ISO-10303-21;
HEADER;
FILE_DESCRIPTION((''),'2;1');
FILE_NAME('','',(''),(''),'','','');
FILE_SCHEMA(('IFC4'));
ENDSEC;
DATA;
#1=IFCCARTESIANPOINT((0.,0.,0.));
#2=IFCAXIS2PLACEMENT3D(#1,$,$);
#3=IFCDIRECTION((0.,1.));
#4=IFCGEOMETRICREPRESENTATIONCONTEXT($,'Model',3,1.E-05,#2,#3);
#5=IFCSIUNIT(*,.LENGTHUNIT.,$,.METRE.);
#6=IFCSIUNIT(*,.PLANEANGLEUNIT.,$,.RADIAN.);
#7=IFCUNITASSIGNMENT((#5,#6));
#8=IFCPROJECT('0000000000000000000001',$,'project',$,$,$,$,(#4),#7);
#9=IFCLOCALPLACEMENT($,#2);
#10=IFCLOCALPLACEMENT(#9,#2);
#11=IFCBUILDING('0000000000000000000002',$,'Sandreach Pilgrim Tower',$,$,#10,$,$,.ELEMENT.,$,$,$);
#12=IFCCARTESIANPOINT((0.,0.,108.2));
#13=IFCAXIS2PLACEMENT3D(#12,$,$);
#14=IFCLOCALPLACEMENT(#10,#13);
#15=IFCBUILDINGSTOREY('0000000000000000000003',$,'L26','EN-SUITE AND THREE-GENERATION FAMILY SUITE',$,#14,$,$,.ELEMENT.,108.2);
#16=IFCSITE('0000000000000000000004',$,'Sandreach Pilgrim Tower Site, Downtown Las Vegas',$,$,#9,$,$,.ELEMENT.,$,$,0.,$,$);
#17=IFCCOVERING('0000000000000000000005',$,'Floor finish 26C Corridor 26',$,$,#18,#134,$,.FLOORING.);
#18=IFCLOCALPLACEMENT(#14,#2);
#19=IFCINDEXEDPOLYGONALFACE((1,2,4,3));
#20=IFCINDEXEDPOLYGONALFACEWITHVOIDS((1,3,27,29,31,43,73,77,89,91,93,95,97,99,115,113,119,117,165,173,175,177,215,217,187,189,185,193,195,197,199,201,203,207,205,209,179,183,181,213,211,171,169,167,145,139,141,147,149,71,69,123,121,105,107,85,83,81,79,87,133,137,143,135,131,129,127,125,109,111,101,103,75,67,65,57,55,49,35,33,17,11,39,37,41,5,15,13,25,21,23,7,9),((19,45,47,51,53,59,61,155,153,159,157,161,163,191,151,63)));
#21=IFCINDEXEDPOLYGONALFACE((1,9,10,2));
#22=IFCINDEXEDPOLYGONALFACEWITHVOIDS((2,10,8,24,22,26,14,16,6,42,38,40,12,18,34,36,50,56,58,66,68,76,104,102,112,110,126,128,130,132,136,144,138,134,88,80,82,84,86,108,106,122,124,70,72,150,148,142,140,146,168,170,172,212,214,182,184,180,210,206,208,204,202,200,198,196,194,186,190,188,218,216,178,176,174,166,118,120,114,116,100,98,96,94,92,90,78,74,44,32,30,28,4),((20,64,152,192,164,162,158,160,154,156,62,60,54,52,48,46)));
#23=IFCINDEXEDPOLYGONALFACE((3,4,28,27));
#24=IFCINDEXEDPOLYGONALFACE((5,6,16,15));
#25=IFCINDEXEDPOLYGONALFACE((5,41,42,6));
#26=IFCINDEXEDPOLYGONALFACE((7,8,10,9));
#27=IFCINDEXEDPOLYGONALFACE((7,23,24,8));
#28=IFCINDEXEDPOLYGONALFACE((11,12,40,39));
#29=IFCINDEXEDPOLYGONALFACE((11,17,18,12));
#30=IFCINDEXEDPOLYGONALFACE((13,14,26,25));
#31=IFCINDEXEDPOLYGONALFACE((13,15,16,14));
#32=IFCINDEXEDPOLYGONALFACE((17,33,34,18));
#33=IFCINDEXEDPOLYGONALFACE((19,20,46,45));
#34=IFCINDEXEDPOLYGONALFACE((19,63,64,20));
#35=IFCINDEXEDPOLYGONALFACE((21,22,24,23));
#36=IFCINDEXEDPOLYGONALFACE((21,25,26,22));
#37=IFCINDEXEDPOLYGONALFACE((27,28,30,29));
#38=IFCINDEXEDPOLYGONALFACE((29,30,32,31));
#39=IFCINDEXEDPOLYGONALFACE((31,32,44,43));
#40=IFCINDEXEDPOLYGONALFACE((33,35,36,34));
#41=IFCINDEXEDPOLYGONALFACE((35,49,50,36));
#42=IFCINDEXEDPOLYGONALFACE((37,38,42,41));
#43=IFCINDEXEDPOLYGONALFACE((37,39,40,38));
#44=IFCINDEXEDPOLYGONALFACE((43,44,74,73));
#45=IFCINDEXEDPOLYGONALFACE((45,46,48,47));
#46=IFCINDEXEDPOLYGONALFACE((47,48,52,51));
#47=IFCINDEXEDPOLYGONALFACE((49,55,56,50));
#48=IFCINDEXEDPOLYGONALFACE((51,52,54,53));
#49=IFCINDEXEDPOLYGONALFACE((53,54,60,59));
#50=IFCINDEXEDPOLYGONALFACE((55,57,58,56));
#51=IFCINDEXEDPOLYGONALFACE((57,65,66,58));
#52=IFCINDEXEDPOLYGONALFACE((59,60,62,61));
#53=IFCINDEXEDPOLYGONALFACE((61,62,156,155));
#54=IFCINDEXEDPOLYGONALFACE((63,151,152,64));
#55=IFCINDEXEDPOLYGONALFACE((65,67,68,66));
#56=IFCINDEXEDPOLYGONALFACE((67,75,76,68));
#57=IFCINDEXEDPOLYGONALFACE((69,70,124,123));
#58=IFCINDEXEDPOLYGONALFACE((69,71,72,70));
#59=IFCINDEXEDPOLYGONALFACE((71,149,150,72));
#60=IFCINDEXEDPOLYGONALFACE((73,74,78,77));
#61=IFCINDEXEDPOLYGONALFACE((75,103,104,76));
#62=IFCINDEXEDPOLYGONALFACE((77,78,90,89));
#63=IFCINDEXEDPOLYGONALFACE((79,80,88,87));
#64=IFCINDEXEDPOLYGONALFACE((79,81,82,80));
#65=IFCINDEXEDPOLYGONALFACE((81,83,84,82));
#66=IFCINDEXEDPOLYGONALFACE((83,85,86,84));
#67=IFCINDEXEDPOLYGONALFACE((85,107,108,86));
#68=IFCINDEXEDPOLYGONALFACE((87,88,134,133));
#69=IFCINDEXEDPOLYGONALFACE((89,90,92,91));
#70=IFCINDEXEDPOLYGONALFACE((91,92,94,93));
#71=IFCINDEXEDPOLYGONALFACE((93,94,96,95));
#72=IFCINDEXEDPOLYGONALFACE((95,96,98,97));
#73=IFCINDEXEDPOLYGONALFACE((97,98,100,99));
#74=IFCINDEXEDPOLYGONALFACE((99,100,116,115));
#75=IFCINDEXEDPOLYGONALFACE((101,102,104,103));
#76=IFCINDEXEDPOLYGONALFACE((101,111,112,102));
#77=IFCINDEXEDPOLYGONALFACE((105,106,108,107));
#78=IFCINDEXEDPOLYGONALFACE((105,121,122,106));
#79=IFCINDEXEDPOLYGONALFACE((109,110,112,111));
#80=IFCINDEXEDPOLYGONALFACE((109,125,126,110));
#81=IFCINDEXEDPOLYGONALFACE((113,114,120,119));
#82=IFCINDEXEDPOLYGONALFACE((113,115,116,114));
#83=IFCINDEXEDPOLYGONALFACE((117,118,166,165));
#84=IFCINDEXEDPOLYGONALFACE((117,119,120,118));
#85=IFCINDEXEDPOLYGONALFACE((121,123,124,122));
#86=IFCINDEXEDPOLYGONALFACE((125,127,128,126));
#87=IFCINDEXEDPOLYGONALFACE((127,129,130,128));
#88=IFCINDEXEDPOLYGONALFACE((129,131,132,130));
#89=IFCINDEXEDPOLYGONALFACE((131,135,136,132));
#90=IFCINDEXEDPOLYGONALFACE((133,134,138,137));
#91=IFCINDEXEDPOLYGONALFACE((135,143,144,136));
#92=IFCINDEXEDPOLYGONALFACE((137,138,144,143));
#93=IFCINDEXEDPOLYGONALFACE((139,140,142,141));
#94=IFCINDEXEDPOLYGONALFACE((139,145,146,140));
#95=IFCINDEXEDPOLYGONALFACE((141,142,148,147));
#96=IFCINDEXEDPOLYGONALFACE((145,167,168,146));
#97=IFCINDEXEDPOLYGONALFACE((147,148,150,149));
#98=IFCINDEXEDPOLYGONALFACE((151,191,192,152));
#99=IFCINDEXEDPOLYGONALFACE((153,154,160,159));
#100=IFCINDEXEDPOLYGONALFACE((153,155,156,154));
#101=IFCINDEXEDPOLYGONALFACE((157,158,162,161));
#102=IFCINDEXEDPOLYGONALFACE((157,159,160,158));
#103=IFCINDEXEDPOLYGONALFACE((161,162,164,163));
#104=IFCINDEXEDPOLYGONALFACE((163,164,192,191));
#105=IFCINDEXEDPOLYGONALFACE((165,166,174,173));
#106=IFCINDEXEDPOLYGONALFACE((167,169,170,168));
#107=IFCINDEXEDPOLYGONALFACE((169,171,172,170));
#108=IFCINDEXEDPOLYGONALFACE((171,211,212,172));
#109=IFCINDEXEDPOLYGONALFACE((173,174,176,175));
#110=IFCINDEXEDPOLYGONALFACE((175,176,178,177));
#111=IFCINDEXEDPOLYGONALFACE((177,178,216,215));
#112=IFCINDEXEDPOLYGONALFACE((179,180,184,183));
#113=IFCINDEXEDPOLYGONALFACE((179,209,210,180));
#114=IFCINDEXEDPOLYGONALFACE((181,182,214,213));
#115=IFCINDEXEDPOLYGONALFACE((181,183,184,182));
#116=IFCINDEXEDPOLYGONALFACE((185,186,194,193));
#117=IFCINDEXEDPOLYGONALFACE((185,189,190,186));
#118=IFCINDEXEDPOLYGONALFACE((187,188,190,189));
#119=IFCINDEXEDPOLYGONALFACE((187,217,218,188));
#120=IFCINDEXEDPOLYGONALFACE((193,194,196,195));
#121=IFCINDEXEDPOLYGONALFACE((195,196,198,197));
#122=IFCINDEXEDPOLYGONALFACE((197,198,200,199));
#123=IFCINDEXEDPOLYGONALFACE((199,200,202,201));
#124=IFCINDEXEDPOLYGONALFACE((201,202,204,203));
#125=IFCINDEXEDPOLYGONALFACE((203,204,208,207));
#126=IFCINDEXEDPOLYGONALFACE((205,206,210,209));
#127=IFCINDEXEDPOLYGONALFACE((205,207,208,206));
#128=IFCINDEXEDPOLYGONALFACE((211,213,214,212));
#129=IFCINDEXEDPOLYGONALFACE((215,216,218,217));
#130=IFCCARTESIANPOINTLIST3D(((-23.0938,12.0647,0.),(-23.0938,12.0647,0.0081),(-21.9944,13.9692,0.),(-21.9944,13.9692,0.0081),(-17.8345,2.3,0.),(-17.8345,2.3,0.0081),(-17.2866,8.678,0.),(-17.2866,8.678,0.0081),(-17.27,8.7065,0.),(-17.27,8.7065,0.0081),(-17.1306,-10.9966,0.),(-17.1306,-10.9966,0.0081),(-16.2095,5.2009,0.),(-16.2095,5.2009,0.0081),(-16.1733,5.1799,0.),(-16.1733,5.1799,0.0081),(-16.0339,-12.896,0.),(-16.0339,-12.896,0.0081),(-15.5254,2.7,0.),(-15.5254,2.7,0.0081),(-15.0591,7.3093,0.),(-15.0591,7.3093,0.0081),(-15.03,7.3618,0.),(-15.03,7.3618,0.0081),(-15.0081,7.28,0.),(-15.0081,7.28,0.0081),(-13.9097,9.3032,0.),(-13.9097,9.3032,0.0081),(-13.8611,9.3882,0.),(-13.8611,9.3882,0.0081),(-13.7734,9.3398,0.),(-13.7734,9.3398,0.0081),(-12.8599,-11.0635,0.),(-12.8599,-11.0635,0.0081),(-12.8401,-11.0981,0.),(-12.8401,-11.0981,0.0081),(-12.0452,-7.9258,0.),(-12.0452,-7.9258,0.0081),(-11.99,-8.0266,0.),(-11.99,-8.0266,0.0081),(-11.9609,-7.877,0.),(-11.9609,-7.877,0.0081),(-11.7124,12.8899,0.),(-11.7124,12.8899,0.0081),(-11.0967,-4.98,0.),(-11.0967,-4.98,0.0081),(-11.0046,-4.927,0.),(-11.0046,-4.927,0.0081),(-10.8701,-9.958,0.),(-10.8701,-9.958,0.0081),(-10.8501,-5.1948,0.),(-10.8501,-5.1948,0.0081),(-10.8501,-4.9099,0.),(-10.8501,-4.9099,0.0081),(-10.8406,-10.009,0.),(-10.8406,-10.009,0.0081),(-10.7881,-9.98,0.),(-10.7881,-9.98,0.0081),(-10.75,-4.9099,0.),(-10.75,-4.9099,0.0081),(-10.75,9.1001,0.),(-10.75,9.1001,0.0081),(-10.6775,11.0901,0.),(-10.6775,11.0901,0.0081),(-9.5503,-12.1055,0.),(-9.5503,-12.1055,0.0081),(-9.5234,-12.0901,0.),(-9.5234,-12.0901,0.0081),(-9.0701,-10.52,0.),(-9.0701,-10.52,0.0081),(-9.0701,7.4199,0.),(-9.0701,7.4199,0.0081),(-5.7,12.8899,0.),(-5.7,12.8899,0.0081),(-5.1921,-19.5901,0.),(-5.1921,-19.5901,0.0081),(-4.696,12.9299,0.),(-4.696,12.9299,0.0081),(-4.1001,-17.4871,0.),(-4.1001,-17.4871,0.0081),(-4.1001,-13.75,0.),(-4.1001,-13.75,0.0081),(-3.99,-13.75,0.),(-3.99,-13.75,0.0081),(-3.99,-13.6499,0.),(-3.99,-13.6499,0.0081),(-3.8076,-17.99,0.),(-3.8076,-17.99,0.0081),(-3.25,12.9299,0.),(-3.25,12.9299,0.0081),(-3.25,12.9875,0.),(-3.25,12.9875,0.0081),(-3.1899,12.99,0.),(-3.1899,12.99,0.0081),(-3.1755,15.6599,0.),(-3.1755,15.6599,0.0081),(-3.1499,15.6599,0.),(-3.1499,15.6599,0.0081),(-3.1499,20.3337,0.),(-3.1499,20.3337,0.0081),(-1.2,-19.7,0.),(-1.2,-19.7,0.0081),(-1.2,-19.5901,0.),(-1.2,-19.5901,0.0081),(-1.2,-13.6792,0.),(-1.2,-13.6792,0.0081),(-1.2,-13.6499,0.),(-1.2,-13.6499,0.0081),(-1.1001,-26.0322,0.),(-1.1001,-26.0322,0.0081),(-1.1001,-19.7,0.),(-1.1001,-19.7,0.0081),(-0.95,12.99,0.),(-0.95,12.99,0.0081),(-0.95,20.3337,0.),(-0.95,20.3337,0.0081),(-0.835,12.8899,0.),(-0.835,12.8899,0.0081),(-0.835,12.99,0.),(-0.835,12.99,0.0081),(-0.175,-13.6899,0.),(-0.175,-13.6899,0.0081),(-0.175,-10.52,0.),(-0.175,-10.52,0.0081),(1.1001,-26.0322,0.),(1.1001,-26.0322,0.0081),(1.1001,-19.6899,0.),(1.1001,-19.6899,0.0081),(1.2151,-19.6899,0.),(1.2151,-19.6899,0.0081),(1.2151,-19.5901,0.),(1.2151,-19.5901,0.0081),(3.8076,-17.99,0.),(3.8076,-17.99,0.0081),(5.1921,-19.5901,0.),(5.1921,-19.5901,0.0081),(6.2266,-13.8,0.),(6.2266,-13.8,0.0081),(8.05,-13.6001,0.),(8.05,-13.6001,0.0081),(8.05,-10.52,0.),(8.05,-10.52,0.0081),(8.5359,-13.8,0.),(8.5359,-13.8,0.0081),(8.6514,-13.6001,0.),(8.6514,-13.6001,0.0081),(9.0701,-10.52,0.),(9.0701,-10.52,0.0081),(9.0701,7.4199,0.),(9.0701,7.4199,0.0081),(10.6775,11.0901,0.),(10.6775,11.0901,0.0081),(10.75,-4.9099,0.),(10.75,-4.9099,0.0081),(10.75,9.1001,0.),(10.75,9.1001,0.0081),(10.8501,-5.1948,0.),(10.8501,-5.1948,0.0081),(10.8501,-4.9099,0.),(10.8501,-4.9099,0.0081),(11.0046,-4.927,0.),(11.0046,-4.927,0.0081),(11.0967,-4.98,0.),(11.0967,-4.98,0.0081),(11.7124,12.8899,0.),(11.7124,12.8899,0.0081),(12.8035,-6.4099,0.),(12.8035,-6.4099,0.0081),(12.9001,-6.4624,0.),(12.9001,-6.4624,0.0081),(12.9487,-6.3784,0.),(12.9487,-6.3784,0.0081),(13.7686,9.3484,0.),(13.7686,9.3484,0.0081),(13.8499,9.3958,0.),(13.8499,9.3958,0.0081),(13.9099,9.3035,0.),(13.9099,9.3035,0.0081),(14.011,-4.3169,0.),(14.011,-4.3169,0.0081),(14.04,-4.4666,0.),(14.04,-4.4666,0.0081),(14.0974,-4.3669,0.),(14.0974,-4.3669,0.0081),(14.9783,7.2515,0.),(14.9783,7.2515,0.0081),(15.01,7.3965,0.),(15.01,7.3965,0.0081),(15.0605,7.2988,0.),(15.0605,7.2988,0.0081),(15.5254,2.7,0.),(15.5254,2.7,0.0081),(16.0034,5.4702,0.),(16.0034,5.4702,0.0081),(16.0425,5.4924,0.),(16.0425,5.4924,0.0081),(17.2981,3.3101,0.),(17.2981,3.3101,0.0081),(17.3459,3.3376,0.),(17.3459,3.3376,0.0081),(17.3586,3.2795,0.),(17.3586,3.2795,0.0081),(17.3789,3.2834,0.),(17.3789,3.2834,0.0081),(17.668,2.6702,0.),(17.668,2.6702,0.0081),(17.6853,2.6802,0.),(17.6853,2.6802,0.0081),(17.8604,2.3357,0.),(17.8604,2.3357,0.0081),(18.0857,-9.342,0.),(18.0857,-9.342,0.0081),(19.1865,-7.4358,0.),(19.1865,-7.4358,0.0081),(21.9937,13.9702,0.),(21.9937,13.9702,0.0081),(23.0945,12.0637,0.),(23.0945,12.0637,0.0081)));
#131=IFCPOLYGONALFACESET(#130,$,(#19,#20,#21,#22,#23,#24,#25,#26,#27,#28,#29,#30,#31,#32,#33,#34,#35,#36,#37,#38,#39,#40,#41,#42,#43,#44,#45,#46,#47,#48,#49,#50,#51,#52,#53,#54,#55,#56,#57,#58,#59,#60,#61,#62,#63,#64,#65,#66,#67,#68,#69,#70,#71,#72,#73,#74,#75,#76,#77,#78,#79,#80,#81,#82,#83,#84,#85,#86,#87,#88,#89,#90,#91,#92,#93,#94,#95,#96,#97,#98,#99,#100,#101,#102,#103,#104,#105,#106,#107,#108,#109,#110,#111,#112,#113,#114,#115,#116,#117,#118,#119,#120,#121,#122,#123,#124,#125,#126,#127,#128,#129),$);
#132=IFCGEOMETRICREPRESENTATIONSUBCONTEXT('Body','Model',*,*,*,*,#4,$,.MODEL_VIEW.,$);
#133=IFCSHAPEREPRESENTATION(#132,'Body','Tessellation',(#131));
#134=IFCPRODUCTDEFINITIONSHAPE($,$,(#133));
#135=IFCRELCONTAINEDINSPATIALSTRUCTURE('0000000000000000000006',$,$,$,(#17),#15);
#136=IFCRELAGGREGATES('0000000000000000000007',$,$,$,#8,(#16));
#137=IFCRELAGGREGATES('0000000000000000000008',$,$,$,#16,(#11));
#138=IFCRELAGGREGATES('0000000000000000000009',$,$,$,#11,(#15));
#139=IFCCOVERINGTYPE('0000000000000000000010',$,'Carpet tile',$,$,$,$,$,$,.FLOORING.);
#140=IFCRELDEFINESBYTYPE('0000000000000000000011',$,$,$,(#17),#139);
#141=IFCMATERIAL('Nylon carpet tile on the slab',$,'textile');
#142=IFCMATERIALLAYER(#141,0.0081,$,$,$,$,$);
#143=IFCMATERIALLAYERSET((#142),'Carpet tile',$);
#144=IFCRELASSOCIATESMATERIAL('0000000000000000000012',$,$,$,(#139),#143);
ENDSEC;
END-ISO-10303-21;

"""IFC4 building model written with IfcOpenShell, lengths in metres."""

from ifc_helpers import new_model, si_unit, direction, frame, origin, place, context, subcontext, project, spatial, polyline, outline, extrude, material, layer, layer_set, type_object, element, save


model = new_model("IFC4")

# Units and contexts
model_context = context("Model", 3, precision=1e-05, world=origin(), true_north=direction((0.0, 1.0)))
body_context = subcontext(model_context, "Body", "Model", "MODEL_VIEW")
ifc_project = project(units=[si_unit("LENGTHUNIT", "METRE"), si_unit("PLANEANGLEUNIT", "RADIAN")], contexts=[model_context])

# Site, building, storey
site_placement = place(None, origin())
site = spatial("IfcSite", under=ifc_project, at=site_placement, Name="Sandreach Pilgrim Tower Site, Downtown Las Vegas", CompositionType="ELEMENT", RefElevation=0.0)
building_placement = place(site_placement, origin())
building = spatial("IfcBuilding", under=site, at=building_placement, Name="Sandreach Pilgrim Tower", CompositionType="ELEMENT")
storey_placement = place(building_placement, frame((0.0, 0.0, 108.2)))
storey = spatial("IfcBuildingStorey", under=building, at=storey_placement, Name="L26", Description="EN-SUITE AND THREE-GENERATION FAMILY SUITE", CompositionType="ELEMENT", Elevation=108.2)

# Covering
ifc_material_1 = material(Name="Nylon carpet tile on the slab", Category="textile")
ifc_layer_1 = layer(ifc_material_1, 0.0081)
ifc_layer_set_1 = layer_set([ifc_layer_1], Name="Carpet tile")
covering_type_1 = type_object("IfcCoveringType", Name="Carpet tile", PredefinedType="FLOORING", material=ifc_layer_set_1)
covering_1_placement = place(storey_placement, origin())
element("IfcCovering", 1, at=covering_1_placement, inside=storey, type_object=covering_type_1, Name="Floor finish 26C Corridor 26", PredefinedType="FLOORING", context=body_context, shape_type="SweptSolid", body=[
    extrude(outline(polyline([(-21.9944, 13.9692), (-13.9097, 9.3032), (-13.8611, 9.3882), (-13.7734, 9.3398), (-11.7124, 12.8899), (-5.7, 12.8899), (-4.696, 12.9299), (-3.25, 12.9299), (-3.25, 12.9875), (-3.1899, 12.99), (-3.1755, 15.6599), (-3.1499, 15.6599), (-3.1499, 20.3337), (-0.95, 20.3337), (-0.95, 12.99), (-0.835, 12.99), (-0.835, 12.8899), (11.7124, 12.8899), (13.7686, 9.3484), (13.8499, 9.3958), (13.9099, 9.3035), (21.9937, 13.9702), (23.0945, 12.0637), (15.01, 7.3965), (15.0605, 7.2988), (14.9783, 7.2515), (16.0034, 5.4702), (16.0425, 5.4924), (17.2981, 3.3101), (17.3459, 3.3376), (17.3586, 3.2795), (17.3789, 3.2834), (17.6853, 2.6802), (17.668, 2.6702), (17.8604, 2.3357), (14.011, -4.3169), (14.0974, -4.3669), (14.04, -4.4666), (19.1865, -7.4358), (18.0857, -9.342), (12.9487, -6.3784), (12.9001, -6.4624), (12.8035, -6.4099), (8.6514, -13.6001), (8.05, -13.6001), (8.05, -10.52), (9.0701, -10.52), (9.0701, 7.4199), (-9.0701, 7.4199), (-9.0701, -10.52), (-0.175, -10.52), (-0.175, -13.6899), (-1.2, -13.6792), (-1.2, -13.6499), (-3.99, -13.6499), (-3.99, -13.75), (-4.1001, -13.75), (-4.1001, -17.4871), (-3.8076, -17.99), (3.8076, -17.99), (6.2266, -13.8), (8.5359, -13.8), (5.1921, -19.5901), (1.2151, -19.5901), (1.2151, -19.6899), (1.1001, -19.6899), (1.1001, -26.0322), (-1.1001, -26.0322), (-1.1001, -19.7), (-1.2, -19.7), (-1.2, -19.5901), (-5.1921, -19.5901), (-9.5234, -12.0901), (-9.5503, -12.1055), (-10.7881, -9.98), (-10.8406, -10.009), (-10.8701, -9.958), (-12.8401, -11.0981), (-12.8599, -11.0635), (-16.0339, -12.896), (-17.1306, -10.9966), (-11.99, -8.0266), (-12.0452, -7.9258), (-11.9609, -7.877), (-17.8345, 2.3), (-16.1733, 5.1799), (-16.2095, 5.2009), (-15.0081, 7.28), (-15.0591, 7.3093), (-15.03, 7.3618), (-17.2866, 8.678), (-17.27, 8.7065), (-23.0938, 12.0647), (-21.9944, 13.9692)]), holes=[polyline([(-15.5254, 2.7), (-11.0967, -4.98), (-11.0046, -4.927), (-10.8501, -5.1948), (-10.8501, -4.9099), (-10.75, -4.9099), (-10.75, 9.1001), (10.75, 9.1001), (10.75, -4.9099), (10.8501, -4.9099), (10.8501, -5.1948), (11.0046, -4.927), (11.0967, -4.98), (15.5254, 2.7), (10.6775, 11.0901), (-10.6775, 11.0901), (-15.5254, 2.7)])]), origin(), (0.0, 0.0, 1.0), 0.0081),
])

save(model, "model.ifc")
